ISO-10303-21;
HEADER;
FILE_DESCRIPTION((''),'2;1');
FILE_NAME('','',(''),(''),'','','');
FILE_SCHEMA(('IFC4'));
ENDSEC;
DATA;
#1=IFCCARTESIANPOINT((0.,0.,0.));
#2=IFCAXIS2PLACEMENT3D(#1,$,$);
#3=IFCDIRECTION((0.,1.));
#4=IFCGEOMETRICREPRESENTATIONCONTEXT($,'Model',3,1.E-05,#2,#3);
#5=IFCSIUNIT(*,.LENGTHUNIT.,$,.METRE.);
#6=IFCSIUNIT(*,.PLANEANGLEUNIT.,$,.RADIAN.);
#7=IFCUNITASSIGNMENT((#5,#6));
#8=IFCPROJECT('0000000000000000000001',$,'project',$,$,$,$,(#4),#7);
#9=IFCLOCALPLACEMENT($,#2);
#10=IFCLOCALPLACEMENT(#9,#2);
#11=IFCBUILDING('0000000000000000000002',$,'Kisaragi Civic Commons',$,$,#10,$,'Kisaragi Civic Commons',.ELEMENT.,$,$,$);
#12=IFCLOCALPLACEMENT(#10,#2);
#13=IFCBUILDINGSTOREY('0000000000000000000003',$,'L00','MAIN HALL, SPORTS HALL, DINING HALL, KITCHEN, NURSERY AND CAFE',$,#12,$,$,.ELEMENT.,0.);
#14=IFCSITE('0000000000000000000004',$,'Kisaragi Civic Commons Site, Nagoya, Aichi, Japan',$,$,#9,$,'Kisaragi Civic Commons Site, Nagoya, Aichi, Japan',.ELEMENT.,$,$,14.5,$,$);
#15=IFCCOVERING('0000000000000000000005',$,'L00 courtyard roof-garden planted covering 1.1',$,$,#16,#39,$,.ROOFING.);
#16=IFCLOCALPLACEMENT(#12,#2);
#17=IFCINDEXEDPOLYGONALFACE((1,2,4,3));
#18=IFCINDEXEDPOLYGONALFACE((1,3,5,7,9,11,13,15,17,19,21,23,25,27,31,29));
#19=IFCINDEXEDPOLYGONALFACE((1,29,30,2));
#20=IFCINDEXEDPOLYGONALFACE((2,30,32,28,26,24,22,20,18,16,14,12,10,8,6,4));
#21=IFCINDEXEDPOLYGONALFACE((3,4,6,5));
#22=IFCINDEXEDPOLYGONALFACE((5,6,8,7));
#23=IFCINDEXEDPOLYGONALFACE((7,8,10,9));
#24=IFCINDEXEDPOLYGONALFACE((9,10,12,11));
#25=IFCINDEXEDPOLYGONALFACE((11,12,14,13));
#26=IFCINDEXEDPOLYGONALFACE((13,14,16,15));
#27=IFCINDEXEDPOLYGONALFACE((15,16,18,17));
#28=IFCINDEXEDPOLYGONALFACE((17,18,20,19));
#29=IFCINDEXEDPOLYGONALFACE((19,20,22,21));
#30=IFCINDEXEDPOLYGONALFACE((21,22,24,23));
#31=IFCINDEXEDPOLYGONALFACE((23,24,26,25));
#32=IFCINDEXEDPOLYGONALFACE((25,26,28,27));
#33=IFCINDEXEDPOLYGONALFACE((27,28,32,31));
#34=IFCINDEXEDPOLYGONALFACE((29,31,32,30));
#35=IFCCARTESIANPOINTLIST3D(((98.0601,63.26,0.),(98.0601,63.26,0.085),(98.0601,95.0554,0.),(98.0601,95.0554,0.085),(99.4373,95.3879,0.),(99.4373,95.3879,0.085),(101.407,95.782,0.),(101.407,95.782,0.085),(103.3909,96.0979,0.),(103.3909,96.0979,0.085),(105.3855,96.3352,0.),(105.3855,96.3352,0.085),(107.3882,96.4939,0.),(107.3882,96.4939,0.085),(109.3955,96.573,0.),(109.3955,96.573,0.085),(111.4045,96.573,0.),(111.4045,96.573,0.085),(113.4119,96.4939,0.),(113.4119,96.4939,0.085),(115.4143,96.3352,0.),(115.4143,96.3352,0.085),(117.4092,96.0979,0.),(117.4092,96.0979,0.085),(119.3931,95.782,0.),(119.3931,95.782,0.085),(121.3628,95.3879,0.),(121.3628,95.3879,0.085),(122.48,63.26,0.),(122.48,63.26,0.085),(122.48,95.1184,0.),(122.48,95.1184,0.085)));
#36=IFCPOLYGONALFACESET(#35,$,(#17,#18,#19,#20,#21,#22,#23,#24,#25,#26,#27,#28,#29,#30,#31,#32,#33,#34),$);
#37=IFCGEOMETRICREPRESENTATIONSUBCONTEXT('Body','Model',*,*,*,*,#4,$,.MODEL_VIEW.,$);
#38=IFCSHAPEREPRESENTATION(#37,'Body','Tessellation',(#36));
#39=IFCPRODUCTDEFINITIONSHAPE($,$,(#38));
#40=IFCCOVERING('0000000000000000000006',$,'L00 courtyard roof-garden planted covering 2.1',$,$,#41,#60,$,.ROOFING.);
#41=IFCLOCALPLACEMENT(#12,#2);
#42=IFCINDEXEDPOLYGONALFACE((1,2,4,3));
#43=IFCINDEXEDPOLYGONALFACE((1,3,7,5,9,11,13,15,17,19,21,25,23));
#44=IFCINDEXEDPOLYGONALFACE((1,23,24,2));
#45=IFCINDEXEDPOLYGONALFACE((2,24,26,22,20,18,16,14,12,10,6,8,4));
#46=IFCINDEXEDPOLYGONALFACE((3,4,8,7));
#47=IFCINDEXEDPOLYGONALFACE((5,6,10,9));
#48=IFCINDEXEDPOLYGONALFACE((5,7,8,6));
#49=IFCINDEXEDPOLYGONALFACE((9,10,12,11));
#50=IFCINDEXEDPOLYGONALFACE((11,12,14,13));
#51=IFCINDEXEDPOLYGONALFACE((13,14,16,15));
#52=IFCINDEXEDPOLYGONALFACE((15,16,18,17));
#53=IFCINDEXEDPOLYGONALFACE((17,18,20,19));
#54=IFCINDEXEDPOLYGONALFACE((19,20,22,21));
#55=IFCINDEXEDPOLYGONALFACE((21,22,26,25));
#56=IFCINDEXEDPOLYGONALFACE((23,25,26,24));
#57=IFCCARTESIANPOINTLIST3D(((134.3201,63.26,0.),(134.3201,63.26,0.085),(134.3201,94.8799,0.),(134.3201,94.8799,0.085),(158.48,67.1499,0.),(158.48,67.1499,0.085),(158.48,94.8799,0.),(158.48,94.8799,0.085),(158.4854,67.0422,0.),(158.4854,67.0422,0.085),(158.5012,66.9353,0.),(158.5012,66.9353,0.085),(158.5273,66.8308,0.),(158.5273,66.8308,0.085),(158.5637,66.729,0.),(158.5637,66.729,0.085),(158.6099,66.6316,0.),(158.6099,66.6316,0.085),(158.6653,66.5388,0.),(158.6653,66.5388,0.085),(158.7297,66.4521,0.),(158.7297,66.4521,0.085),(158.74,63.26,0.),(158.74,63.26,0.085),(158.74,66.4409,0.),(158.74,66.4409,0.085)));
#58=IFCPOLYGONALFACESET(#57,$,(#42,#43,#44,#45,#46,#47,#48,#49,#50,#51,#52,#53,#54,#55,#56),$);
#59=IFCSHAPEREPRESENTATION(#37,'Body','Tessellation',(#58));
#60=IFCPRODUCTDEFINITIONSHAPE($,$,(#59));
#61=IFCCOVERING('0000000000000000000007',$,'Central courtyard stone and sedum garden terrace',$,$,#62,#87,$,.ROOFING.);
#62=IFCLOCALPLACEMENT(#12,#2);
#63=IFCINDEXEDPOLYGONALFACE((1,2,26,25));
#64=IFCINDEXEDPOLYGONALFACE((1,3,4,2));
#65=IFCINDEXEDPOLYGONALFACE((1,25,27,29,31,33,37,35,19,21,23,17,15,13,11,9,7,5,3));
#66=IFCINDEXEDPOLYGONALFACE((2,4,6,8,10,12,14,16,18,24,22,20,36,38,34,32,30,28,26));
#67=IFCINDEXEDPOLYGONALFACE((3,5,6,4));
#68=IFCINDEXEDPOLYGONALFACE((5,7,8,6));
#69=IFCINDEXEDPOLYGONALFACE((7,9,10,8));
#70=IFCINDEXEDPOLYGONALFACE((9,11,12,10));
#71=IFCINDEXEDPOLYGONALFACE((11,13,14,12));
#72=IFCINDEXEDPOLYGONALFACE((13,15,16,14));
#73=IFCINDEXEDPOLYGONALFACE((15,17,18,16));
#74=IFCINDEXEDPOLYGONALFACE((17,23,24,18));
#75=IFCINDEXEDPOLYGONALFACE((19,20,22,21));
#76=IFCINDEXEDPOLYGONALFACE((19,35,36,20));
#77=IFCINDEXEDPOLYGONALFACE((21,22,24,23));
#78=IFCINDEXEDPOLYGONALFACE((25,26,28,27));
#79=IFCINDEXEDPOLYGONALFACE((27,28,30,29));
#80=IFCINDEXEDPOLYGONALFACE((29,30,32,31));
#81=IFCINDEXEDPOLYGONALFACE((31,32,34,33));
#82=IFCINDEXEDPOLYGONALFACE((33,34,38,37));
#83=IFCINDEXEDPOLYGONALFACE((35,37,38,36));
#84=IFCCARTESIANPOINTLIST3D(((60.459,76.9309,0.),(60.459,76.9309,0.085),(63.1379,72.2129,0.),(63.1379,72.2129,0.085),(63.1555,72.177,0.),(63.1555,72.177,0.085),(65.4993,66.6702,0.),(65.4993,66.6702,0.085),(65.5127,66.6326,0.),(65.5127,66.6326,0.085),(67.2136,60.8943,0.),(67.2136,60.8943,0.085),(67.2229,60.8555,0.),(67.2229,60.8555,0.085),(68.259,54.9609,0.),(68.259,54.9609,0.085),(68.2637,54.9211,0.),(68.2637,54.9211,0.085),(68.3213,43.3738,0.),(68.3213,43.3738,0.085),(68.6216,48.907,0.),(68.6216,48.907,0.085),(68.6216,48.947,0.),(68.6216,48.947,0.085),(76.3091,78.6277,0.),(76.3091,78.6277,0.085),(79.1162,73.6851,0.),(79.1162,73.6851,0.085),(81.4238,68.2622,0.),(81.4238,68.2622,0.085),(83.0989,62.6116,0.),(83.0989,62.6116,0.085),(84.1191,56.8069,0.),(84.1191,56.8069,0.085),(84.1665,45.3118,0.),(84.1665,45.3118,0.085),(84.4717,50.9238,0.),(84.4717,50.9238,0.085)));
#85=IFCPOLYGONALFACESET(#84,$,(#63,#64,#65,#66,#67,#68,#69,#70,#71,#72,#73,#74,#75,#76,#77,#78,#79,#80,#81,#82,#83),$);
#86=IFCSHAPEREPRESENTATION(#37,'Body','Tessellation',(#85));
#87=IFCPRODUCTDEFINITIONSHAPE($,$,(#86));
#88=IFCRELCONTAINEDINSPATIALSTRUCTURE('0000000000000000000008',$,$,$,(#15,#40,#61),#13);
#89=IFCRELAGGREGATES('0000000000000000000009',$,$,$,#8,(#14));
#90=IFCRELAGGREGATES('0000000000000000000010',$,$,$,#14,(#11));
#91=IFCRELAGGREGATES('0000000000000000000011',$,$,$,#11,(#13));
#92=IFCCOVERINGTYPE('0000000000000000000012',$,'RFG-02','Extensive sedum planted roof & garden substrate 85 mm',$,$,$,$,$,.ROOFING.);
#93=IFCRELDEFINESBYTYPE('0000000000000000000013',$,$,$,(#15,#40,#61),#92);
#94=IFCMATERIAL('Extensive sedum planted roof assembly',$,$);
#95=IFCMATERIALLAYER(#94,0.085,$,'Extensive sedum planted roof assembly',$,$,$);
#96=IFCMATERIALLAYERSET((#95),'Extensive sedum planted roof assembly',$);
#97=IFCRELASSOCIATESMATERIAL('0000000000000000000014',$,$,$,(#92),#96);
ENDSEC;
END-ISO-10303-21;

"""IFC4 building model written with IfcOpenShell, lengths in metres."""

from ifc_helpers import new_model, si_unit, direction, origin, place, context, subcontext, project, spatial, polyline, outline, extrude, material, layer, layer_set, type_object, element, save


model = new_model("IFC4")

# Units and contexts
model_context = context("Model", 3, precision=1e-05, world=origin(), true_north=direction((0.0, 1.0)))
body_context = subcontext(model_context, "Body", "Model", "MODEL_VIEW")
ifc_project = project(units=[si_unit("LENGTHUNIT", "METRE"), si_unit("PLANEANGLEUNIT", "RADIAN")], contexts=[model_context])

# Site, building, storey
site_placement = place(None, origin())
site = spatial("IfcSite", under=ifc_project, at=site_placement, Name="Kisaragi Civic Commons Site, Nagoya, Aichi, Japan", LongName="Kisaragi Civic Commons Site, Nagoya, Aichi, Japan", CompositionType="ELEMENT", RefElevation=14.5)
building_placement = place(site_placement, origin())
building = spatial("IfcBuilding", under=site, at=building_placement, Name="Kisaragi Civic Commons", LongName="Kisaragi Civic Commons", CompositionType="ELEMENT")
storey_placement = place(building_placement, origin())
storey = spatial("IfcBuildingStorey", under=building, at=storey_placement, Name="L00", Description="MAIN HALL, SPORTS HALL, DINING HALL, KITCHEN, NURSERY AND CAFE", CompositionType="ELEMENT", Elevation=0.0)

# Coverings
ifc_material_1 = material(Name="Extensive sedum planted roof assembly")
ifc_layer_1 = layer(ifc_material_1, 0.085, Name="Extensive sedum planted roof assembly")
ifc_layer_set_1 = layer_set([ifc_layer_1], Name="Extensive sedum planted roof assembly")
covering_type_1 = type_object("IfcCoveringType", Name="RFG-02", Description="Extensive sedum planted roof & garden substrate 85 mm", PredefinedType="ROOFING", material=ifc_layer_set_1)
covering_1_placement = place(storey_placement, origin())
element("IfcCovering", 1, at=covering_1_placement, inside=storey, type_object=covering_type_1, Name="L00 courtyard roof-garden planted covering 1.1", PredefinedType="ROOFING", context=body_context, shape_type="SweptSolid", body=[
    extrude(outline(polyline([(122.48, 63.26), (122.48, 95.1184), (121.3628, 95.3879), (119.3931, 95.782), (117.4092, 96.0979), (115.4143, 96.3352), (113.4119, 96.4939), (111.4045, 96.573), (109.3955, 96.573), (107.3882, 96.4939), (105.3855, 96.3352), (103.3909, 96.0979), (101.407, 95.782), (99.4373, 95.3879), (98.0601, 95.0554), (98.0601, 63.26), (122.48, 63.26)])), origin(), (0.0, 0.0, 1.0), 0.085),
])
covering_2_placement = place(storey_placement, origin())
element("IfcCovering", 2, at=covering_2_placement, inside=storey, type_object=covering_type_1, Name="L00 courtyard roof-garden planted covering 2.1", PredefinedType="ROOFING", context=body_context, shape_type="SweptSolid", body=[
    extrude(outline(polyline([(158.7297, 66.4521), (158.6653, 66.5388), (158.6099, 66.6316), (158.5637, 66.729), (158.5273, 66.8308), (158.5012, 66.9353), (158.4854, 67.0422), (158.48, 67.1499), (158.48, 94.8799), (134.3201, 94.8799), (134.3201, 63.26), (158.74, 63.26), (158.74, 66.4409), (158.7297, 66.4521)])), origin(), (0.0, 0.0, 1.0), 0.085),
])
covering_3_placement = place(storey_placement, origin())
element("IfcCovering", 3, at=covering_3_placement, inside=storey, type_object=covering_type_1, Name="Central courtyard stone and sedum garden terrace", PredefinedType="ROOFING", context=body_context, shape_type="SweptSolid", body=[
    extrude(outline(polyline([(63.1379, 72.2129), (63.1555, 72.177), (65.4993, 66.6702), (65.5127, 66.6326), (67.2136, 60.8943), (67.2229, 60.8555), (68.259, 54.9609), (68.2637, 54.9211), (68.6216, 48.947), (68.6216, 48.907), (68.3213, 43.3738), (84.1665, 45.3118), (84.4717, 50.9238), (84.1191, 56.8069), (83.0989, 62.6116), (81.4238, 68.2622), (79.1162, 73.6851), (76.3091, 78.6277), (60.459, 76.9309), (63.1379, 72.2129)])), origin(), (0.0, 0.0, 1.0), 0.085),
])

save(model, "model.ifc")
